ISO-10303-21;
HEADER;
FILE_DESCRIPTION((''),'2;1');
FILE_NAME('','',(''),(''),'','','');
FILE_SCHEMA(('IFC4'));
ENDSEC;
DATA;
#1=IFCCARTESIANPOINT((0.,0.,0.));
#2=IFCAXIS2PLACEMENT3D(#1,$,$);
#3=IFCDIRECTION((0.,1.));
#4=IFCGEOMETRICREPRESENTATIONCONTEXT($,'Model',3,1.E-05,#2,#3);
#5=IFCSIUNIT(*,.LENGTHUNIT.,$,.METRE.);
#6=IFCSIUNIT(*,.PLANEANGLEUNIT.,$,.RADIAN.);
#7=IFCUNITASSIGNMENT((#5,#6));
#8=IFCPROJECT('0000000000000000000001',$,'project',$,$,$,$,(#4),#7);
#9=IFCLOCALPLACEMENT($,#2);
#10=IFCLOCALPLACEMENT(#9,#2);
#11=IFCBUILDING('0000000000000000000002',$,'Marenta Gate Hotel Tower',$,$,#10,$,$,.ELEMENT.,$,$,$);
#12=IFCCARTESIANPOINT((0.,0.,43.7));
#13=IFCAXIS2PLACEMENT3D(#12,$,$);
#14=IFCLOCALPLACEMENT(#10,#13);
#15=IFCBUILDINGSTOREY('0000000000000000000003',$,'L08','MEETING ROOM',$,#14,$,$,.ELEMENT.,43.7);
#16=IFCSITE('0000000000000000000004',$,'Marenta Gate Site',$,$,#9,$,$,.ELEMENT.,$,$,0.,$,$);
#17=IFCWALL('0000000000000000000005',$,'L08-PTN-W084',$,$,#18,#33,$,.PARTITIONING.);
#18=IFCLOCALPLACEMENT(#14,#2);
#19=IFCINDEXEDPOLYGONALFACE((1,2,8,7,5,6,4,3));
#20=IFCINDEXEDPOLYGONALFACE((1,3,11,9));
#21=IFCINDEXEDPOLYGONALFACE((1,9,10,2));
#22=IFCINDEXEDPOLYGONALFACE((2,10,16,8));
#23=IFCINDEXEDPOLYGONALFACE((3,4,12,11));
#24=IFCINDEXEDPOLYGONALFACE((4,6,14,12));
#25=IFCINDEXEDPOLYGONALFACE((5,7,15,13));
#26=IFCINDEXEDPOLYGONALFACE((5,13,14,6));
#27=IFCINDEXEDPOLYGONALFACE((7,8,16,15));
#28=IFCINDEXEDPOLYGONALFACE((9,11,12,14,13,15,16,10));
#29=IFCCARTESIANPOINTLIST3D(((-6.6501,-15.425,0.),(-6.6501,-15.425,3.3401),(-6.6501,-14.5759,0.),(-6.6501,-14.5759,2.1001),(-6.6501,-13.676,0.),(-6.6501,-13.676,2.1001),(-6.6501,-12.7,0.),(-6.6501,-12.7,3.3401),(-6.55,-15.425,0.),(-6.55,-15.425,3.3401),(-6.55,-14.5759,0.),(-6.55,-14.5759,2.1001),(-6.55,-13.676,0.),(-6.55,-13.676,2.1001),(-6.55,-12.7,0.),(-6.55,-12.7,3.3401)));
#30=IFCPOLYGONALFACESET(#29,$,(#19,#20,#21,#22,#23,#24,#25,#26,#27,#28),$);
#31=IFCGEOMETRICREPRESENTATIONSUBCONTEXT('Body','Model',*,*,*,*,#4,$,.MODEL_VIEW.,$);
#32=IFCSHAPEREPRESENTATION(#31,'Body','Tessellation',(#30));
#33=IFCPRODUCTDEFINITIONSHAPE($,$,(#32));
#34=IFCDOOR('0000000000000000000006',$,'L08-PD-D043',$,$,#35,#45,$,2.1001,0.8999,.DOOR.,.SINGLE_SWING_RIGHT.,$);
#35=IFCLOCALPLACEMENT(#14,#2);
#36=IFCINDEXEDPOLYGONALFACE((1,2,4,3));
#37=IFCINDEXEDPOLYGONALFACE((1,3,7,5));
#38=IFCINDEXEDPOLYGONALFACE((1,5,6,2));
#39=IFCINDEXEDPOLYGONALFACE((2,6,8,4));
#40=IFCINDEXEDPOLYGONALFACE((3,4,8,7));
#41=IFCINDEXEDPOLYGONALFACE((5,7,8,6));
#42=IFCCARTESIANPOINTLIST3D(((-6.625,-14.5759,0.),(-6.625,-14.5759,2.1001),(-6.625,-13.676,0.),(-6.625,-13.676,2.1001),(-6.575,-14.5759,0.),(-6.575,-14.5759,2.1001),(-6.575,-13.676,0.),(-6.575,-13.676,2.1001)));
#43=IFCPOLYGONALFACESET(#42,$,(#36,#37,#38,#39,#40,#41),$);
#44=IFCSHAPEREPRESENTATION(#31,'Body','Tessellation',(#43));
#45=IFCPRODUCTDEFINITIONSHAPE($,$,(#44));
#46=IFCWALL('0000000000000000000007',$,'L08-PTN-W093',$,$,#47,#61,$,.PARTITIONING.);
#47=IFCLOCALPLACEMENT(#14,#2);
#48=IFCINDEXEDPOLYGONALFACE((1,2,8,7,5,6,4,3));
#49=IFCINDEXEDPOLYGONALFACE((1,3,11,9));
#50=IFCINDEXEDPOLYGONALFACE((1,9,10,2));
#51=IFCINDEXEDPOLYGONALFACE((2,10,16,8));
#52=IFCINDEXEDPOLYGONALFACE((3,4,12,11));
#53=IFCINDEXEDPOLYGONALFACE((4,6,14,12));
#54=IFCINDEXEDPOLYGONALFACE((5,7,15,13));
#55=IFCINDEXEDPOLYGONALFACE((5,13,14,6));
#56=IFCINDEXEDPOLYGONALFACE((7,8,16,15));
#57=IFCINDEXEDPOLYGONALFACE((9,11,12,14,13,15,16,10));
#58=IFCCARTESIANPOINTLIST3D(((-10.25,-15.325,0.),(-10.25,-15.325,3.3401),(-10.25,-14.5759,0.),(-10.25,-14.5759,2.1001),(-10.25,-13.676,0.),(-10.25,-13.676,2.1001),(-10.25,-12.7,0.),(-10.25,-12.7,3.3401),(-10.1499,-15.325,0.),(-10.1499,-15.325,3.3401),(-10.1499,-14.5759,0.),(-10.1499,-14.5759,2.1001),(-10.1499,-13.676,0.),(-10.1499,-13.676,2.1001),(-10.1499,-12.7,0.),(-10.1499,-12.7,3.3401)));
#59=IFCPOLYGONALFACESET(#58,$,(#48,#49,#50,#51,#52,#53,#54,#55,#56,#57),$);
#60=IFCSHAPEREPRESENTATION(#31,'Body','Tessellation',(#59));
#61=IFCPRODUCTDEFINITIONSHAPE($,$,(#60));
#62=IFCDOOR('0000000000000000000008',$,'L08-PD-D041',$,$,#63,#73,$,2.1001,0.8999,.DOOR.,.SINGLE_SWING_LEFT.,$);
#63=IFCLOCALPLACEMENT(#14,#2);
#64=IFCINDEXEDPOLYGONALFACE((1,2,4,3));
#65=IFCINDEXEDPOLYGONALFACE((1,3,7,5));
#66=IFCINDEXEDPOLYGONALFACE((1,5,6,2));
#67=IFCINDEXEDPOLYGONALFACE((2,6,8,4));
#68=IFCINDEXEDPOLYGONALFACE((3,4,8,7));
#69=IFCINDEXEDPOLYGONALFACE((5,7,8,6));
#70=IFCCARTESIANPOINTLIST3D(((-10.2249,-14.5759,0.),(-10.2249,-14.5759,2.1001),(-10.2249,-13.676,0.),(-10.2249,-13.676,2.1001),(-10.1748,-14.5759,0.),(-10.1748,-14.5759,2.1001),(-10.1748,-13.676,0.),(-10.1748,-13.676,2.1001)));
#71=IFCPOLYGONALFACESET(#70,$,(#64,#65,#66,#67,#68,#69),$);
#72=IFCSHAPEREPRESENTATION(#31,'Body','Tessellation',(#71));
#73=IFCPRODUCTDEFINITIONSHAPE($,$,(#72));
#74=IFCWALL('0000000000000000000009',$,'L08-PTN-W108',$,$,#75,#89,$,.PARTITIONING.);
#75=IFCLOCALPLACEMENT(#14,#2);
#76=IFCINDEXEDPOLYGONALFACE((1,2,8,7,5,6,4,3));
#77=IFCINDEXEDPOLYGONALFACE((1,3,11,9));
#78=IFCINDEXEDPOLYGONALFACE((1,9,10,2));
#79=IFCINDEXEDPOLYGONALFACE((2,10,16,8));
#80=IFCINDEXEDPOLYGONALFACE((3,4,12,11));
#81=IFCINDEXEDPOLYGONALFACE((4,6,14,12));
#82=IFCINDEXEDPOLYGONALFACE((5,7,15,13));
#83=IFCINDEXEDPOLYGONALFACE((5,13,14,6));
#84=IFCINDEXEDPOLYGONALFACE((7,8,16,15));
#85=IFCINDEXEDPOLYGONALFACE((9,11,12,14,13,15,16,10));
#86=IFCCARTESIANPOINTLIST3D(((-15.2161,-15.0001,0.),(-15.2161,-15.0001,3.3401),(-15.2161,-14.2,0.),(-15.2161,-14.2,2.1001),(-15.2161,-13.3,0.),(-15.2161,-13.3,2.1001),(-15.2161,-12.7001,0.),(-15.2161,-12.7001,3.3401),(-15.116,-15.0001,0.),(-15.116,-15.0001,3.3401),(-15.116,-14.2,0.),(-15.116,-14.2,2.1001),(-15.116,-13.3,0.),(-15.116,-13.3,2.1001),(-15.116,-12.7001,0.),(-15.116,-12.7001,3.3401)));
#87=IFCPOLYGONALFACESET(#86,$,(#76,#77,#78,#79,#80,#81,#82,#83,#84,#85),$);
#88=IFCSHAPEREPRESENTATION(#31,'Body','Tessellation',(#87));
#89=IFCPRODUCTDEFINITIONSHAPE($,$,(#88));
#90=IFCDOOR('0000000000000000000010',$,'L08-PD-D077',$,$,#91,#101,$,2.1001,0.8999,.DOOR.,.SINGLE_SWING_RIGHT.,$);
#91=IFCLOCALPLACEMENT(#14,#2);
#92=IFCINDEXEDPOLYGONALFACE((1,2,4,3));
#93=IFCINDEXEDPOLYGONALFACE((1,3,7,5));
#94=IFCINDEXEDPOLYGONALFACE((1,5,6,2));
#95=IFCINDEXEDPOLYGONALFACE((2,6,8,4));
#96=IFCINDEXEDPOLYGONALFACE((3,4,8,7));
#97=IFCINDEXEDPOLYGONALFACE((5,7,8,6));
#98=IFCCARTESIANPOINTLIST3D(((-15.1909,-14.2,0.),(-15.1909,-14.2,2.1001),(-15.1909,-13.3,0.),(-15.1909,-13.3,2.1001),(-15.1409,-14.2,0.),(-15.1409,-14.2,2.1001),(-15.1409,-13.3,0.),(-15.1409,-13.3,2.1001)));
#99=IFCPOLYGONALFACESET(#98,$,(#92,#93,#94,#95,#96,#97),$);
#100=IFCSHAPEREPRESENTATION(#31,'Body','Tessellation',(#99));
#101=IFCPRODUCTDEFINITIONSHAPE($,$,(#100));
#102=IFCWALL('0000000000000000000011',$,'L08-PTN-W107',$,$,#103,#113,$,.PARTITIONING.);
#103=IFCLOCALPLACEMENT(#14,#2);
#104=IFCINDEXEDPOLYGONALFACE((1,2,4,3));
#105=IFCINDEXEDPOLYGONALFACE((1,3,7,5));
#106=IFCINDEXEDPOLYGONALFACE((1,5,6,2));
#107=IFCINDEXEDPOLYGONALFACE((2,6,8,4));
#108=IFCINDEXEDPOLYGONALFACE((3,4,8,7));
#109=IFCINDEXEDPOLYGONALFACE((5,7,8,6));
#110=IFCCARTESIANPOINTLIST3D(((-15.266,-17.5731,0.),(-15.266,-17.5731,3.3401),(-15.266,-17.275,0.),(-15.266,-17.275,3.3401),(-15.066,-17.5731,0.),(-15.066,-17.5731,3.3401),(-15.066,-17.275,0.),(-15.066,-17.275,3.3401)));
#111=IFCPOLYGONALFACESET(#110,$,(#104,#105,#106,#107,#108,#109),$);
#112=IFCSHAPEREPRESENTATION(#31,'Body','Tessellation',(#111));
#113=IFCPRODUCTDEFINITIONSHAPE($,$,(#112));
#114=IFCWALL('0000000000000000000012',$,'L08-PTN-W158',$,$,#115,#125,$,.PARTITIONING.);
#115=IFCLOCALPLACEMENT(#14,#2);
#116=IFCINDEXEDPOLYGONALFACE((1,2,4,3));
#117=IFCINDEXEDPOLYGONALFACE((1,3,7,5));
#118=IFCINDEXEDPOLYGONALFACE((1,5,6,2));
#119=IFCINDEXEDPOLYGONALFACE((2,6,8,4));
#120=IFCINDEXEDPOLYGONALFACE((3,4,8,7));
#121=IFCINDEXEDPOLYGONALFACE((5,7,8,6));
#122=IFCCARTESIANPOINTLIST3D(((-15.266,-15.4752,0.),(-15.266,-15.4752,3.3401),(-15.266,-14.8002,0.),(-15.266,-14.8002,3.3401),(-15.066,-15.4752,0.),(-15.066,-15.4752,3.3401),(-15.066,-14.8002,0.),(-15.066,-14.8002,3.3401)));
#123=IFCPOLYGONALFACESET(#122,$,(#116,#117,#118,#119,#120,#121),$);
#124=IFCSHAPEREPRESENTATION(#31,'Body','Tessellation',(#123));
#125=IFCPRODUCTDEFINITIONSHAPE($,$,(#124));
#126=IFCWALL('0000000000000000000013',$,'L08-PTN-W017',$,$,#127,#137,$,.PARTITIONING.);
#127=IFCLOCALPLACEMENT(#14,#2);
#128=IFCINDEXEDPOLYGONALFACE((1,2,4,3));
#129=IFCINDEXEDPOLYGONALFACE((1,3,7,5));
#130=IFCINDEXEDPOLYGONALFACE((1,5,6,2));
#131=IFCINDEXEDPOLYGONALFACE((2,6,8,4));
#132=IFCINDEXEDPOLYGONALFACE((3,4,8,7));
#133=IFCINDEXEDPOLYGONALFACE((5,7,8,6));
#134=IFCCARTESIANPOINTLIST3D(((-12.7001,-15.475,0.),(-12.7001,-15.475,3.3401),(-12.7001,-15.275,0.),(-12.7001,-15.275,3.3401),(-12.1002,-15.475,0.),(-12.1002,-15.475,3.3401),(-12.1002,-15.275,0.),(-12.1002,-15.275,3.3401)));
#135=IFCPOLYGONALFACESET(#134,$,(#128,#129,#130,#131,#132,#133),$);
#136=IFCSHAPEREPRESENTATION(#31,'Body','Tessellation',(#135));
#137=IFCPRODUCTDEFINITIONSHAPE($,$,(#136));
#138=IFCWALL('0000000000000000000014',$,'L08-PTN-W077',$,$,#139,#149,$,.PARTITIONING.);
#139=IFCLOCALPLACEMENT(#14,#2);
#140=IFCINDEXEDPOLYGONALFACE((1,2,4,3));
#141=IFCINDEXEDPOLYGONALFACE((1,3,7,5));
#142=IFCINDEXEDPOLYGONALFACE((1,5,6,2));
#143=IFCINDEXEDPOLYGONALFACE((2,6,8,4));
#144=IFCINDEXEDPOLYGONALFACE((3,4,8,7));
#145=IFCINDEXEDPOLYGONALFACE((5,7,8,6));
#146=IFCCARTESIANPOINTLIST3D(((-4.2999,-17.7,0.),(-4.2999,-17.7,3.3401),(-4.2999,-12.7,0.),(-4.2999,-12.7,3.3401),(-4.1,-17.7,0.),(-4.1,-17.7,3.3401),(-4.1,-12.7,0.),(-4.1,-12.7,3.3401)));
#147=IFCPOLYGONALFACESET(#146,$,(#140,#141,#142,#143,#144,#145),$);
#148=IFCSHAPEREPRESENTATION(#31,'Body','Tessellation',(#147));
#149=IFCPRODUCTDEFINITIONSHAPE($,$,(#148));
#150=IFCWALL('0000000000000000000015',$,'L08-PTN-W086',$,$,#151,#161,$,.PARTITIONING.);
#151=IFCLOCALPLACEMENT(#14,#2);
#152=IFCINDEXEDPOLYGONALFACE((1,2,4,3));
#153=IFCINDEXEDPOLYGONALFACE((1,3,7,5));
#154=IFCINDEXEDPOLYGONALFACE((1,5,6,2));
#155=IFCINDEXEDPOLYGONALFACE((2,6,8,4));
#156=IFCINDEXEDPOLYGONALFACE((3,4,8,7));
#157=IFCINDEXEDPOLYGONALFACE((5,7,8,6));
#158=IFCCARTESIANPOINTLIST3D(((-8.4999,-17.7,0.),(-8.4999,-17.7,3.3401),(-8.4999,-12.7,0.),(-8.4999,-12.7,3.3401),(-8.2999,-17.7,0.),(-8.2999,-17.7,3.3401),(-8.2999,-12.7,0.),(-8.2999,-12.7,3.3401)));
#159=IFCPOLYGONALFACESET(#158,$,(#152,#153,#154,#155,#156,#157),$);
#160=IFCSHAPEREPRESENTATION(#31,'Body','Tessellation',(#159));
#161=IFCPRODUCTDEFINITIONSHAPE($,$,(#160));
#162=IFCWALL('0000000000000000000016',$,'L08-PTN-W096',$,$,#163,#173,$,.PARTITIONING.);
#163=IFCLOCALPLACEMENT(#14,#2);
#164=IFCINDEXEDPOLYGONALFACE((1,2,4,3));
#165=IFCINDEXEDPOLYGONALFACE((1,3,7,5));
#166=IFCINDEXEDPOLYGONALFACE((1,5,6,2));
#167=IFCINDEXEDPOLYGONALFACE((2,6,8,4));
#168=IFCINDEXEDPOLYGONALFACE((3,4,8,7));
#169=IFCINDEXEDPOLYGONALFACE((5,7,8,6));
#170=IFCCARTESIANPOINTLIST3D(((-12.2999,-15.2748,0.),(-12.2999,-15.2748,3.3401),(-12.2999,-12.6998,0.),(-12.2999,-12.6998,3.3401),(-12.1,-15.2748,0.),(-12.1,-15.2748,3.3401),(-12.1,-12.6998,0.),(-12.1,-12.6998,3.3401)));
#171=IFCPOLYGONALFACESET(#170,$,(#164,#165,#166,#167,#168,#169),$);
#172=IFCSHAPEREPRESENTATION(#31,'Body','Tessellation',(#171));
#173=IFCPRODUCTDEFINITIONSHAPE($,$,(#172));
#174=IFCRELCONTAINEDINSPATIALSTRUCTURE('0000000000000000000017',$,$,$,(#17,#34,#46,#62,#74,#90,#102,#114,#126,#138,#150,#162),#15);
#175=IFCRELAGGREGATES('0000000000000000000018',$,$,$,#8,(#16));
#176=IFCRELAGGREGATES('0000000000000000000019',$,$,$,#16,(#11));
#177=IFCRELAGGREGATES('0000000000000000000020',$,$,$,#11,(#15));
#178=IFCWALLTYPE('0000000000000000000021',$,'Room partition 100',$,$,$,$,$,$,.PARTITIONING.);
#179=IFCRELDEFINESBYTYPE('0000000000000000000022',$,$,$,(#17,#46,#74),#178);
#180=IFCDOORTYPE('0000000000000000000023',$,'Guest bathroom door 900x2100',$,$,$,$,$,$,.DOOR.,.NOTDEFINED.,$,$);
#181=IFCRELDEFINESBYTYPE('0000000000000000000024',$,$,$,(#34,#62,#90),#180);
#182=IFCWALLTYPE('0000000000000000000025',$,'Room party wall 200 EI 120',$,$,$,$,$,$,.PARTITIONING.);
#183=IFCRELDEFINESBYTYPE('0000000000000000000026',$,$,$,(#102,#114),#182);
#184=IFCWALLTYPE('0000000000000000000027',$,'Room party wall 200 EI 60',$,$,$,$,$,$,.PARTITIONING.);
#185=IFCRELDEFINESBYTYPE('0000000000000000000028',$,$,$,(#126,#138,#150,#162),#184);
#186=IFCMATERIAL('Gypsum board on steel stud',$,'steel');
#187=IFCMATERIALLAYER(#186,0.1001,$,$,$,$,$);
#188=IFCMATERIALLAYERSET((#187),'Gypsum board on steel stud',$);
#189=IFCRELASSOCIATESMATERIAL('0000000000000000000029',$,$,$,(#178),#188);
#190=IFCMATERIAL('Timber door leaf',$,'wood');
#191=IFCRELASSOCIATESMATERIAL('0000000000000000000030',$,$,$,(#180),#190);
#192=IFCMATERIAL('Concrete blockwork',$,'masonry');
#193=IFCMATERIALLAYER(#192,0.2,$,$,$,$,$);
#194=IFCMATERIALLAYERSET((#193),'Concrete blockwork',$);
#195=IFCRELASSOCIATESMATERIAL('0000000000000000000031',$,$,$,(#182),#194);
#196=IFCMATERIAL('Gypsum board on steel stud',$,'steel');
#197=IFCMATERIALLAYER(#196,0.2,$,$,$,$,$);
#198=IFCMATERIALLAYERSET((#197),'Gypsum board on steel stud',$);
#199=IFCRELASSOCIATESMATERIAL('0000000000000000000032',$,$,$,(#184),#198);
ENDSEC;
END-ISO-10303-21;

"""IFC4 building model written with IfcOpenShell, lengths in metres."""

from ifc_helpers import new_model, si_unit, direction, frame, frame_2d, origin, place, context, subcontext, project, spatial, rectangle, extrude, material, layer, layer_set, type_object, element, fill, save


model = new_model("IFC4")

# Units and contexts
model_context = context("Model", 3, precision=1e-05, world=origin(), true_north=direction((0.0, 1.0)))
body_context = subcontext(model_context, "Body", "Model", "MODEL_VIEW")
ifc_project = project(units=[si_unit("LENGTHUNIT", "METRE"), si_unit("PLANEANGLEUNIT", "RADIAN")], contexts=[model_context])

# Site, building, storey
site_placement = place(None, origin())
site = spatial("IfcSite", under=ifc_project, at=site_placement, Name="Marenta Gate Site", CompositionType="ELEMENT", RefElevation=0.0)
building_placement = place(site_placement, origin())
building = spatial("IfcBuilding", under=site, at=building_placement, Name="Marenta Gate Hotel Tower", CompositionType="ELEMENT")
storey_placement = place(building_placement, frame((0.0, 0.0, 43.7)))
storey = spatial("IfcBuildingStorey", under=building, at=storey_placement, Name="L08", Description="MEETING ROOM", CompositionType="ELEMENT", Elevation=43.7)

# Shared definitions
ifc_material_1 = material(Name="Gypsum board on steel stud", Category="steel")
ifc_layer_1 = layer(ifc_material_1, 0.1001)
ifc_layer_set_1 = layer_set([ifc_layer_1], Name="Gypsum board on steel stud")
wall_type_1 = type_object("IfcWallType", Name="Room partition 100", PredefinedType="PARTITIONING", material=ifc_layer_set_1)

# Shared definitions
ifc_material_2 = material(Name="Timber door leaf", Category="wood")
door_type = type_object("IfcDoorType", Name="Guest bathroom door 900x2100", OperationType="NOTDEFINED", PredefinedType="DOOR", material=ifc_material_2)

# Walls, openings, doors
wall_1_placement = place(storey_placement, frame((-6.6001, -15.425, 0.0), z_axis=(0.0, 0.0, 1.0), x_axis=(0.0, 1.0, 0.0)))
wall_1 = element("IfcWall", 1, at=wall_1_placement, inside=storey, type_object=wall_type_1, Name="L08-PTN-W084", PredefinedType="PARTITIONING", context=body_context, shape_type="SweptSolid", body=[
    extrude(rectangle(XDim=2.7251, YDim=0.1001, at=frame_2d((1.3625, 0.0))), origin(), (0.0, 0.0, 1.0), 3.3401),
])
opening_1_placement = place(wall_1_placement, frame((0.8491, 0.0, 0.0)))
opening_1 = element("IfcOpeningElement", 2, at=opening_1_placement, cuts=wall_1, PredefinedType="OPENING", context=body_context, shape_type="SweptSolid", body=[
    extrude(rectangle(XDim=0.8999, YDim=2.1001, at=frame_2d((0.45, 1.05))), frame((0.0, 0.05, 0.0), z_axis=(0.0, -1.0, 0.0), x_axis=(1.0, 0.0, 0.0)), (0.0, 0.0, 1.0), 0.1001),
])
door_1_placement = place(opening_1_placement, origin())
door_1 = element("IfcDoor", 3, at=door_1_placement, inside=storey, type_object=door_type, Name="L08-PD-D043", OperationType="SINGLE_SWING_RIGHT", OverallHeight=2.1001, OverallWidth=0.8999, PredefinedType="DOOR", context=body_context, shape_type="SweptSolid", body=[
    extrude(rectangle(XDim=0.8999, YDim=2.1001, at=frame_2d((0.45, 1.05))), frame((0.0, 0.0249, 0.0), z_axis=(0.0, -1.0, 0.0), x_axis=(1.0, 0.0, 0.0)), (0.0, 0.0, 1.0), 0.05),
])
fill(opening_1, door_1)
wall_2_placement = place(storey_placement, frame((-10.2, -15.325, 0.0), z_axis=(0.0, 0.0, 1.0), x_axis=(0.0, 1.0, 0.0)))
wall_2 = element("IfcWall", 4, at=wall_2_placement, inside=storey, type_object=wall_type_1, Name="L08-PTN-W093", PredefinedType="PARTITIONING", context=body_context, shape_type="SweptSolid", body=[
    extrude(rectangle(XDim=2.625, YDim=0.1001, at=frame_2d((1.3125, 0.0))), origin(), (0.0, 0.0, 1.0), 3.3401),
])
opening_2_placement = place(wall_2_placement, frame((0.749, 0.0, 0.0)))
opening_2 = element("IfcOpeningElement", 5, at=opening_2_placement, cuts=wall_2, PredefinedType="OPENING", context=body_context, shape_type="SweptSolid", body=[
    extrude(rectangle(XDim=0.8999, YDim=2.1001, at=frame_2d((0.45, 1.05))), frame((0.0, 0.05, 0.0), z_axis=(0.0, -1.0, 0.0), x_axis=(1.0, 0.0, 0.0)), (0.0, 0.0, 1.0), 0.1001),
])
door_2_placement = place(opening_2_placement, origin())
door_2 = element("IfcDoor", 6, at=door_2_placement, inside=storey, type_object=door_type, Name="L08-PD-D041", OperationType="SINGLE_SWING_LEFT", OverallHeight=2.1001, OverallWidth=0.8999, PredefinedType="DOOR", context=body_context, shape_type="SweptSolid", body=[
    extrude(rectangle(XDim=0.8999, YDim=2.1001, at=frame_2d((0.45, 1.05))), frame((0.0, 0.0249, 0.0), z_axis=(0.0, -1.0, 0.0), x_axis=(1.0, 0.0, 0.0)), (0.0, 0.0, 1.0), 0.05),
])
fill(opening_2, door_2)
wall_3_placement = place(storey_placement, frame((-15.166, -15.0, 0.0), z_axis=(0.0, 0.0, 1.0), x_axis=(0.0, 1.0, 0.0)))
wall_3 = element("IfcWall", 7, at=wall_3_placement, inside=storey, type_object=wall_type_1, Name="L08-PTN-W108", PredefinedType="PARTITIONING", context=body_context, shape_type="SweptSolid", body=[
    extrude(rectangle(XDim=2.3, YDim=0.1001, at=frame_2d((1.1499, 0.0))), origin(), (0.0, 0.0, 1.0), 3.3401),
])
opening_3_placement = place(wall_3_placement, frame((0.8, 0.0, 0.0)))
opening_3 = element("IfcOpeningElement", 8, at=opening_3_placement, cuts=wall_3, PredefinedType="OPENING", context=body_context, shape_type="SweptSolid", body=[
    extrude(rectangle(XDim=0.8999, YDim=2.1001, at=frame_2d((0.45, 1.05))), frame((0.0, 0.05, 0.0), z_axis=(0.0, -1.0, 0.0), x_axis=(1.0, 0.0, 0.0)), (0.0, 0.0, 1.0), 0.1001),
])
door_3_placement = place(opening_3_placement, origin())
door_3 = element("IfcDoor", 9, at=door_3_placement, inside=storey, type_object=door_type, Name="L08-PD-D077", OperationType="SINGLE_SWING_RIGHT", OverallHeight=2.1001, OverallWidth=0.8999, PredefinedType="DOOR", context=body_context, shape_type="SweptSolid", body=[
    extrude(rectangle(XDim=0.8999, YDim=2.1001, at=frame_2d((0.45, 1.05))), frame((0.0, 0.0249, 0.0), z_axis=(0.0, -1.0, 0.0), x_axis=(1.0, 0.0, 0.0)), (0.0, 0.0, 1.0), 0.05),
])
fill(opening_3, door_3)

# Walls
ifc_material_3 = material(Name="Concrete blockwork", Category="masonry")
ifc_layer_2 = layer(ifc_material_3, 0.2)
ifc_layer_set_2 = layer_set([ifc_layer_2], Name="Concrete blockwork")
wall_type_2 = type_object("IfcWallType", Name="Room party wall 200 EI 120", PredefinedType="PARTITIONING", material=ifc_layer_set_2)
wall_4_placement = place(storey_placement, frame((-15.166, -17.573, 0.0), z_axis=(0.0, 0.0, 1.0), x_axis=(0.0, 1.0, 0.0)))
element("IfcWall", 10, at=wall_4_placement, inside=storey, type_object=wall_type_2, Name="L08-PTN-W107", PredefinedType="PARTITIONING", context=body_context, shape_type="SweptSolid", body=[
    extrude(rectangle(XDim=0.2981, YDim=0.2, at=frame_2d((0.1489, 0.0))), origin(), (0.0, 0.0, 1.0), 3.3401),
])
wall_5_placement = place(storey_placement, frame((-15.166, -15.4751, 0.0), z_axis=(0.0, 0.0, 1.0), x_axis=(0.0, 1.0, 0.0)))
element("IfcWall", 11, at=wall_5_placement, inside=storey, type_object=wall_type_2, Name="L08-PTN-W158", PredefinedType="PARTITIONING", context=body_context, shape_type="SweptSolid", body=[
    extrude(rectangle(XDim=0.675, YDim=0.2, at=frame_2d((0.3374, 0.0))), origin(), (0.0, 0.0, 1.0), 3.3401),
])
ifc_material_4 = material(Name="Gypsum board on steel stud", Category="steel")
ifc_layer_3 = layer(ifc_material_4, 0.2)
ifc_layer_set_3 = layer_set([ifc_layer_3], Name="Gypsum board on steel stud")
wall_type_3 = type_object("IfcWallType", Name="Room party wall 200 EI 60", PredefinedType="PARTITIONING", material=ifc_layer_set_3)
wall_6_placement = place(storey_placement, frame((-12.7, -15.375, 0.0), z_axis=(0.0, 0.0, 1.0), x_axis=(1.0, 0.0, 0.0)))
element("IfcWall", 12, at=wall_6_placement, inside=storey, type_object=wall_type_3, Name="L08-PTN-W017", PredefinedType="PARTITIONING", context=body_context, shape_type="SweptSolid", body=[
    extrude(rectangle(XDim=0.5999, YDim=0.2, at=frame_2d((0.2998, 0.0))), origin(), (0.0, 0.0, 1.0), 3.3401),
])
for number, where, z_axis, x_axis, name in (
    (13, (-4.2, -17.7, 0.0), (0.0, 0.0, 1.0), (0.0, 1.0, 0.0), "L08-PTN-W077"),
    (14, (-8.3999, -17.7, 0.0), (0.0, 0.0, 1.0), (0.0, 1.0, 0.0), "L08-PTN-W086"),
):
    element("IfcWall", number, at=place(storey_placement, frame(where, z_axis=z_axis, x_axis=x_axis)), inside=storey, type_object=wall_type_3, Name=name, PredefinedType="PARTITIONING", context=body_context, shape_type="SweptSolid", body=[
        extrude(rectangle(XDim=5.0, YDim=0.2, at=frame_2d((2.5, 0.0))), origin(), (0.0, 0.0, 1.0), 3.3401),
    ])
wall_7_placement = place(storey_placement, frame((-12.2, -15.2749, 0.0), z_axis=(0.0, 0.0, 1.0), x_axis=(0.0, 1.0, 0.0)))
element("IfcWall", 15, at=wall_7_placement, inside=storey, type_object=wall_type_3, Name="L08-PTN-W096", PredefinedType="PARTITIONING", context=body_context, shape_type="SweptSolid", body=[
    extrude(rectangle(XDim=2.575, YDim=0.2, at=frame_2d((1.2876, 0.0))), origin(), (0.0, 0.0, 1.0), 3.3401),
])

save(model, "model.ifc")
